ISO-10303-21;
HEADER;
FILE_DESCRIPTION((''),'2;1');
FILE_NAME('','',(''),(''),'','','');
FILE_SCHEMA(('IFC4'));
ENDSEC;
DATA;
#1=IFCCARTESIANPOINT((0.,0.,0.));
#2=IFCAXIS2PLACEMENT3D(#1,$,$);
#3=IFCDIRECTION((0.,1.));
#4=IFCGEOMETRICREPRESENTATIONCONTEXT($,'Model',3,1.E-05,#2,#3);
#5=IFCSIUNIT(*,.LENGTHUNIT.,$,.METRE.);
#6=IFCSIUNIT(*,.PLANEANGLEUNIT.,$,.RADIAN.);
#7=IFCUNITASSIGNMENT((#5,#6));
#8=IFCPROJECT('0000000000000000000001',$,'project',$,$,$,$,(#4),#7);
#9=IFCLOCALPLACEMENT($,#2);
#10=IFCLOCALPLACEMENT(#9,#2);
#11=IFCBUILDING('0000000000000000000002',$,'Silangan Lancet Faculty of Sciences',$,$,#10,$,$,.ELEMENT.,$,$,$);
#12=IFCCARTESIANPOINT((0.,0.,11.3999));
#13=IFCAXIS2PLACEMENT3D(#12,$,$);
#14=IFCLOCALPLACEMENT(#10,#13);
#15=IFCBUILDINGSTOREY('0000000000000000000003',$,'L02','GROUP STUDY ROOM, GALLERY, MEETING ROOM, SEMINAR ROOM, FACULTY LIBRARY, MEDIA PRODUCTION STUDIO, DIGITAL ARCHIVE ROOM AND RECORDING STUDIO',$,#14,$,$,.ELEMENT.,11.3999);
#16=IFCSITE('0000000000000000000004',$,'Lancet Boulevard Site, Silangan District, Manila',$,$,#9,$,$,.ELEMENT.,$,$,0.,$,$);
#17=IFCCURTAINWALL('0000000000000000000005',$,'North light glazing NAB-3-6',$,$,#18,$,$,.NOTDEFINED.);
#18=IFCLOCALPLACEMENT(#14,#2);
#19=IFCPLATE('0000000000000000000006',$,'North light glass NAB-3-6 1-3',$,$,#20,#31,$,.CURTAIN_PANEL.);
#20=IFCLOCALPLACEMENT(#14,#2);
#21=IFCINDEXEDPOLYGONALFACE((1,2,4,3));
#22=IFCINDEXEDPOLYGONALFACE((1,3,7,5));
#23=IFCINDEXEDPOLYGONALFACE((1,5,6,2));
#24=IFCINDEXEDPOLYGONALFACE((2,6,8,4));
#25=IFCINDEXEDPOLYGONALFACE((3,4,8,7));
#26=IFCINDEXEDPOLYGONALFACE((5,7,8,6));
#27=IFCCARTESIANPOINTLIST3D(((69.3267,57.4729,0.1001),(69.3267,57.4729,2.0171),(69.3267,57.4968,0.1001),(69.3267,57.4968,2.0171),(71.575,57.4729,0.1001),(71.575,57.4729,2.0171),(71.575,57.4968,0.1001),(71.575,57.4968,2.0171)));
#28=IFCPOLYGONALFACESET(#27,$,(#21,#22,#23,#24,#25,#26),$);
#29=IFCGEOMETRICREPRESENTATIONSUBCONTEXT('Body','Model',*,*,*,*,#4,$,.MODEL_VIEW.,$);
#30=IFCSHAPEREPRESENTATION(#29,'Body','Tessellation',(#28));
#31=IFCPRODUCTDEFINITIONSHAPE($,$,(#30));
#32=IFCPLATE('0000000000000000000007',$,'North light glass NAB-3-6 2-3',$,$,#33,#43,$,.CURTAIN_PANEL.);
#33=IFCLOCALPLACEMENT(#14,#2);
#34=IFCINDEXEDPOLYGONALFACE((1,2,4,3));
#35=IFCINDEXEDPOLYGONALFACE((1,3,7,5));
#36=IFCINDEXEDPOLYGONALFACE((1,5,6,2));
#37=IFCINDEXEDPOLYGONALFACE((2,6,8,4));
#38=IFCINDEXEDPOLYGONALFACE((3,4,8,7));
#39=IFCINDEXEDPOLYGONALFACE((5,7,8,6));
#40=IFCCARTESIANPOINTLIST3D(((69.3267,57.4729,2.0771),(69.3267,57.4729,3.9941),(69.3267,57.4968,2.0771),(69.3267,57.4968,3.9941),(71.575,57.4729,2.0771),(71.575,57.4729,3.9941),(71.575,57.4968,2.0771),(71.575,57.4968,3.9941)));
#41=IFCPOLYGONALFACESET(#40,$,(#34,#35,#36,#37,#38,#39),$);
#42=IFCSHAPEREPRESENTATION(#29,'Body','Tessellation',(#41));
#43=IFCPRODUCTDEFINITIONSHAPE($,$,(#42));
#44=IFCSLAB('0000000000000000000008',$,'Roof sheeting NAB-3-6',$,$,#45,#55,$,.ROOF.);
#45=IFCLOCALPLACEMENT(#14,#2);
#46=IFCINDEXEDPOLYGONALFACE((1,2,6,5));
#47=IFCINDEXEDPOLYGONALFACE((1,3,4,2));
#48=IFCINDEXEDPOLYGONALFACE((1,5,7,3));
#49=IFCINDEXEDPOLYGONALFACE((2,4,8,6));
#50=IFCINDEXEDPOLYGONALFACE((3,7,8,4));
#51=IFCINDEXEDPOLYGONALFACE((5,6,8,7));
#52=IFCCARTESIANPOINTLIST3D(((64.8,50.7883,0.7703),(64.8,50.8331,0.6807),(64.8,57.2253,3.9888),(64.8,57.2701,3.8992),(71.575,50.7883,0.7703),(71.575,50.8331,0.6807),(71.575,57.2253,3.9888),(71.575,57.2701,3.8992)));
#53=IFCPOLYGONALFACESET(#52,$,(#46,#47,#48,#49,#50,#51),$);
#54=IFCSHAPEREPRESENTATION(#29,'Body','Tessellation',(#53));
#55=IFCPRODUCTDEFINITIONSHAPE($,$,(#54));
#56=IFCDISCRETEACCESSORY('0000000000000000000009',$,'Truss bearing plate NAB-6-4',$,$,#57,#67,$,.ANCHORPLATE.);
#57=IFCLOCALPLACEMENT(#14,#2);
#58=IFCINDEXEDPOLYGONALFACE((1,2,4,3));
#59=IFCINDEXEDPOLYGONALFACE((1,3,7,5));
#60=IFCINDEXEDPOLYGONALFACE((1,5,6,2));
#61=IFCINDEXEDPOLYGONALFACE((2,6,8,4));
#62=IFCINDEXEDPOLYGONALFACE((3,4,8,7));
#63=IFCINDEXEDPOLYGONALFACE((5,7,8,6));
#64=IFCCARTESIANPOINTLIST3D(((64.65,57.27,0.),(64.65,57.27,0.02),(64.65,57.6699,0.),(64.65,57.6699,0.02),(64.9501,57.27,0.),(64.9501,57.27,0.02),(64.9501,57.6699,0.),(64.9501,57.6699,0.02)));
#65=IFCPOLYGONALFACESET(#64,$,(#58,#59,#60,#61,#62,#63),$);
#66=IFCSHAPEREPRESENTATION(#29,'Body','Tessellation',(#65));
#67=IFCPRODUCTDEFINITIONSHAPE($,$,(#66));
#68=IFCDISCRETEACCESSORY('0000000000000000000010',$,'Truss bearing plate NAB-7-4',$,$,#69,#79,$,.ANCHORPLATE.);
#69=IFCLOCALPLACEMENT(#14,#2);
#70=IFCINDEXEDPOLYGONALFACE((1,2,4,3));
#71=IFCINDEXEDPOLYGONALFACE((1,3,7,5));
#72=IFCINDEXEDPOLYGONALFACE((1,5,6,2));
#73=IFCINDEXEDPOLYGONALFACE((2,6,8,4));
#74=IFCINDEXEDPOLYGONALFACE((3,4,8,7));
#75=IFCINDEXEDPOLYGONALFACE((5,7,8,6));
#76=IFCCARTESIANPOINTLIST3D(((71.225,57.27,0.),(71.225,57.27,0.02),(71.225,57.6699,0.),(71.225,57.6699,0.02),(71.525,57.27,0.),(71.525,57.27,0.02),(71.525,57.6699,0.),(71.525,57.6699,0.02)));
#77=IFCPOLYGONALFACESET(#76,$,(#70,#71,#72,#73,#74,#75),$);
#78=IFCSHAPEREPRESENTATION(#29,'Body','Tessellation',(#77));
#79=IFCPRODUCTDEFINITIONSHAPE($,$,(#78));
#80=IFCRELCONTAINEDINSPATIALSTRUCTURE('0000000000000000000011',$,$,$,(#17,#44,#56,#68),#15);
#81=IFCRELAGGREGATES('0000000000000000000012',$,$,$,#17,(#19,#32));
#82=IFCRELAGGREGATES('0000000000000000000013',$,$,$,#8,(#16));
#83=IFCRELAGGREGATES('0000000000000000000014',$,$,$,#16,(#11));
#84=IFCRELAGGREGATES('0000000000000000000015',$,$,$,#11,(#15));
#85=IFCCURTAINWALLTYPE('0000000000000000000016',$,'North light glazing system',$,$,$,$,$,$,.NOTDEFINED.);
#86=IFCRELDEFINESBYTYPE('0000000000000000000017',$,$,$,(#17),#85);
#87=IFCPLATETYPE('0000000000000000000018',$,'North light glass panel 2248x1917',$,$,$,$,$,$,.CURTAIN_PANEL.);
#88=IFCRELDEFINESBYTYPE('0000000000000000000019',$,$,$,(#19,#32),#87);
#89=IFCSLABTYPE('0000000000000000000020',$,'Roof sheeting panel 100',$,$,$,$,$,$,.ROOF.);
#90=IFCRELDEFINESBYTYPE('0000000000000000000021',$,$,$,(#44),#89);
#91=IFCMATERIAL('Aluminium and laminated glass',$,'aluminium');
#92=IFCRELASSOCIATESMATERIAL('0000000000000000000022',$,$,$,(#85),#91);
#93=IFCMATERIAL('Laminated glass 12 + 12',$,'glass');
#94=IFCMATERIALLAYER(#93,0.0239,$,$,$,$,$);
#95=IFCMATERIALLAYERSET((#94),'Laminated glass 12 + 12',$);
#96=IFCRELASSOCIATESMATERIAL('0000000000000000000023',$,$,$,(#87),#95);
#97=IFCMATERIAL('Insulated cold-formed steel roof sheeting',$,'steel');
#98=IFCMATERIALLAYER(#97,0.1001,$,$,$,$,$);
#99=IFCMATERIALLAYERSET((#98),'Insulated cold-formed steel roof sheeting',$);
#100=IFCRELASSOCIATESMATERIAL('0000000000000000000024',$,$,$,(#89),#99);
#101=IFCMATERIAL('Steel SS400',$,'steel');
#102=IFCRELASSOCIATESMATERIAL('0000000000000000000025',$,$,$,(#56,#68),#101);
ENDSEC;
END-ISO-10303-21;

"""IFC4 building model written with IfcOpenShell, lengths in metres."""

from ifc_helpers import new_model, si_unit, direction, frame, origin, origin_2d, place, context, subcontext, project, spatial, polyline, rectangle, outline, extrude, material, layer, layer_set, type_object, element, aggregate, save


model = new_model("IFC4")

# Units and contexts
model_context = context("Model", 3, precision=1e-05, world=origin(), true_north=direction((0.0, 1.0)))
body_context = subcontext(model_context, "Body", "Model", "MODEL_VIEW")
ifc_project = project(units=[si_unit("LENGTHUNIT", "METRE"), si_unit("PLANEANGLEUNIT", "RADIAN")], contexts=[model_context])

# Site, building, storey
site_placement = place(None, origin())
site = spatial("IfcSite", under=ifc_project, at=site_placement, Name="Lancet Boulevard Site, Silangan District, Manila", CompositionType="ELEMENT", RefElevation=0.0)
building_placement = place(site_placement, origin())
building = spatial("IfcBuilding", under=site, at=building_placement, Name="Silangan Lancet Faculty of Sciences", CompositionType="ELEMENT")
storey_placement = place(building_placement, frame((0.0, 0.0, 11.3999)))
storey = spatial("IfcBuildingStorey", under=building, at=storey_placement, Name="L02", Description="GROUP STUDY ROOM, GALLERY, MEETING ROOM, SEMINAR ROOM, FACULTY LIBRARY, MEDIA PRODUCTION STUDIO, DIGITAL ARCHIVE ROOM AND RECORDING STUDIO", CompositionType="ELEMENT", Elevation=11.3999)

# Curtain wall
ifc_material_1 = material(Name="Aluminium and laminated glass", Category="aluminium")
curtain_wall_type = type_object("IfcCurtainWallType", Name="North light glazing system", PredefinedType="NOTDEFINED", material=ifc_material_1)
curtain_wall_placement = place(storey_placement, origin())
curtain_wall = element("IfcCurtainWall", 1, at=curtain_wall_placement, inside=storey, type_object=curtain_wall_type, Name="North light glazing NAB-3-6", PredefinedType="NOTDEFINED")

# Plates
ifc_material_2 = material(Name="Laminated glass 12 + 12", Category="glass")
ifc_layer_1 = layer(ifc_material_2, 0.0239)
ifc_layer_set_1 = layer_set([ifc_layer_1], Name="Laminated glass 12 + 12")
plate_type_1 = type_object("IfcPlateType", Name="North light glass panel 2248x1917", PredefinedType="CURTAIN_PANEL", material=ifc_layer_set_1)
plate_1_placement = place(storey_placement, frame((69.3267, 57.4729, 0.1001), z_axis=(0.0, -1.0, 0.0), x_axis=(1.0, 0.0, 0.0)))
plate_1 = element("IfcPlate", 2, at=plate_1_placement, type_object=plate_type_1, Name="North light glass NAB-3-6 1-3", PredefinedType="CURTAIN_PANEL", context=body_context, shape_type="SweptSolid", body=[
    extrude(outline(polyline([(0.0, 0.0), (2.2483, 0.0), (2.2483, 1.917), (0.0, 1.917), (0.0, 0.0)])), origin(), (0.0, 0.0, -1.0), 0.0239),
])
plate_2_placement = place(storey_placement, frame((69.3267, 57.4729, 2.0771), z_axis=(0.0, -1.0, 0.0), x_axis=(1.0, 0.0, 0.0)))
plate_2 = element("IfcPlate", 3, at=plate_2_placement, type_object=plate_type_1, Name="North light glass NAB-3-6 2-3", PredefinedType="CURTAIN_PANEL", context=body_context, shape_type="SweptSolid", body=[
    extrude(outline(polyline([(0.0, 0.0), (2.2483, 0.0), (2.2483, 1.917), (0.0, 1.917), (0.0, 0.0)])), origin(), (0.0, 0.0, -1.0), 0.0239),
])
aggregate(curtain_wall, [plate_1, plate_2])

# Slab
ifc_material_3 = material(Name="Insulated cold-formed steel roof sheeting", Category="steel")
ifc_layer_2 = layer(ifc_material_3, 0.1001)
ifc_layer_set_2 = layer_set([ifc_layer_2], Name="Insulated cold-formed steel roof sheeting")
slab_type = type_object("IfcSlabType", Name="Roof sheeting panel 100", PredefinedType="ROOF", material=ifc_layer_set_2)
slab_placement = place(storey_placement, frame((64.8, 50.7883, 0.7703), z_axis=(0.0, -0.447214, 0.894427), x_axis=(1.0, 0.0, 0.0)))
element("IfcSlab", 4, at=slab_placement, inside=storey, type_object=slab_type, Name="Roof sheeting NAB-3-6", PredefinedType="ROOF", context=body_context, shape_type="SweptSolid", body=[
    extrude(outline(polyline([(0.0, 0.0), (6.7749, 0.0), (6.7749, 7.1968), (0.0, 7.1968), (0.0, 0.0)])), origin(), (0.0, 0.0, -1.0), 0.1001),
])

# Discrete accessories
ifc_material_4 = material(Name="Steel SS400", Category="steel")
for number, where, z_axis, x_axis, name in (
    (5, (64.8, 57.47, 0.0), (0.0, 0.0, 1.0), (1.0, 0.0, 0.0), "Truss bearing plate NAB-6-4"),
    (6, (71.375, 57.47, 0.0), (0.0, 0.0, 1.0), (1.0, 0.0, 0.0), "Truss bearing plate NAB-7-4"),
):
    element("IfcDiscreteAccessory", number, at=place(storey_placement, frame(where, z_axis=z_axis, x_axis=x_axis)), inside=storey, material=ifc_material_4, Name=name, PredefinedType="ANCHORPLATE", context=body_context, shape_type="SweptSolid", body=[
        extrude(rectangle(XDim=0.3, YDim=0.3999, at=origin_2d()), origin(), (0.0, 0.0, 1.0), 0.02),
    ])

save(model, "model.ifc")
